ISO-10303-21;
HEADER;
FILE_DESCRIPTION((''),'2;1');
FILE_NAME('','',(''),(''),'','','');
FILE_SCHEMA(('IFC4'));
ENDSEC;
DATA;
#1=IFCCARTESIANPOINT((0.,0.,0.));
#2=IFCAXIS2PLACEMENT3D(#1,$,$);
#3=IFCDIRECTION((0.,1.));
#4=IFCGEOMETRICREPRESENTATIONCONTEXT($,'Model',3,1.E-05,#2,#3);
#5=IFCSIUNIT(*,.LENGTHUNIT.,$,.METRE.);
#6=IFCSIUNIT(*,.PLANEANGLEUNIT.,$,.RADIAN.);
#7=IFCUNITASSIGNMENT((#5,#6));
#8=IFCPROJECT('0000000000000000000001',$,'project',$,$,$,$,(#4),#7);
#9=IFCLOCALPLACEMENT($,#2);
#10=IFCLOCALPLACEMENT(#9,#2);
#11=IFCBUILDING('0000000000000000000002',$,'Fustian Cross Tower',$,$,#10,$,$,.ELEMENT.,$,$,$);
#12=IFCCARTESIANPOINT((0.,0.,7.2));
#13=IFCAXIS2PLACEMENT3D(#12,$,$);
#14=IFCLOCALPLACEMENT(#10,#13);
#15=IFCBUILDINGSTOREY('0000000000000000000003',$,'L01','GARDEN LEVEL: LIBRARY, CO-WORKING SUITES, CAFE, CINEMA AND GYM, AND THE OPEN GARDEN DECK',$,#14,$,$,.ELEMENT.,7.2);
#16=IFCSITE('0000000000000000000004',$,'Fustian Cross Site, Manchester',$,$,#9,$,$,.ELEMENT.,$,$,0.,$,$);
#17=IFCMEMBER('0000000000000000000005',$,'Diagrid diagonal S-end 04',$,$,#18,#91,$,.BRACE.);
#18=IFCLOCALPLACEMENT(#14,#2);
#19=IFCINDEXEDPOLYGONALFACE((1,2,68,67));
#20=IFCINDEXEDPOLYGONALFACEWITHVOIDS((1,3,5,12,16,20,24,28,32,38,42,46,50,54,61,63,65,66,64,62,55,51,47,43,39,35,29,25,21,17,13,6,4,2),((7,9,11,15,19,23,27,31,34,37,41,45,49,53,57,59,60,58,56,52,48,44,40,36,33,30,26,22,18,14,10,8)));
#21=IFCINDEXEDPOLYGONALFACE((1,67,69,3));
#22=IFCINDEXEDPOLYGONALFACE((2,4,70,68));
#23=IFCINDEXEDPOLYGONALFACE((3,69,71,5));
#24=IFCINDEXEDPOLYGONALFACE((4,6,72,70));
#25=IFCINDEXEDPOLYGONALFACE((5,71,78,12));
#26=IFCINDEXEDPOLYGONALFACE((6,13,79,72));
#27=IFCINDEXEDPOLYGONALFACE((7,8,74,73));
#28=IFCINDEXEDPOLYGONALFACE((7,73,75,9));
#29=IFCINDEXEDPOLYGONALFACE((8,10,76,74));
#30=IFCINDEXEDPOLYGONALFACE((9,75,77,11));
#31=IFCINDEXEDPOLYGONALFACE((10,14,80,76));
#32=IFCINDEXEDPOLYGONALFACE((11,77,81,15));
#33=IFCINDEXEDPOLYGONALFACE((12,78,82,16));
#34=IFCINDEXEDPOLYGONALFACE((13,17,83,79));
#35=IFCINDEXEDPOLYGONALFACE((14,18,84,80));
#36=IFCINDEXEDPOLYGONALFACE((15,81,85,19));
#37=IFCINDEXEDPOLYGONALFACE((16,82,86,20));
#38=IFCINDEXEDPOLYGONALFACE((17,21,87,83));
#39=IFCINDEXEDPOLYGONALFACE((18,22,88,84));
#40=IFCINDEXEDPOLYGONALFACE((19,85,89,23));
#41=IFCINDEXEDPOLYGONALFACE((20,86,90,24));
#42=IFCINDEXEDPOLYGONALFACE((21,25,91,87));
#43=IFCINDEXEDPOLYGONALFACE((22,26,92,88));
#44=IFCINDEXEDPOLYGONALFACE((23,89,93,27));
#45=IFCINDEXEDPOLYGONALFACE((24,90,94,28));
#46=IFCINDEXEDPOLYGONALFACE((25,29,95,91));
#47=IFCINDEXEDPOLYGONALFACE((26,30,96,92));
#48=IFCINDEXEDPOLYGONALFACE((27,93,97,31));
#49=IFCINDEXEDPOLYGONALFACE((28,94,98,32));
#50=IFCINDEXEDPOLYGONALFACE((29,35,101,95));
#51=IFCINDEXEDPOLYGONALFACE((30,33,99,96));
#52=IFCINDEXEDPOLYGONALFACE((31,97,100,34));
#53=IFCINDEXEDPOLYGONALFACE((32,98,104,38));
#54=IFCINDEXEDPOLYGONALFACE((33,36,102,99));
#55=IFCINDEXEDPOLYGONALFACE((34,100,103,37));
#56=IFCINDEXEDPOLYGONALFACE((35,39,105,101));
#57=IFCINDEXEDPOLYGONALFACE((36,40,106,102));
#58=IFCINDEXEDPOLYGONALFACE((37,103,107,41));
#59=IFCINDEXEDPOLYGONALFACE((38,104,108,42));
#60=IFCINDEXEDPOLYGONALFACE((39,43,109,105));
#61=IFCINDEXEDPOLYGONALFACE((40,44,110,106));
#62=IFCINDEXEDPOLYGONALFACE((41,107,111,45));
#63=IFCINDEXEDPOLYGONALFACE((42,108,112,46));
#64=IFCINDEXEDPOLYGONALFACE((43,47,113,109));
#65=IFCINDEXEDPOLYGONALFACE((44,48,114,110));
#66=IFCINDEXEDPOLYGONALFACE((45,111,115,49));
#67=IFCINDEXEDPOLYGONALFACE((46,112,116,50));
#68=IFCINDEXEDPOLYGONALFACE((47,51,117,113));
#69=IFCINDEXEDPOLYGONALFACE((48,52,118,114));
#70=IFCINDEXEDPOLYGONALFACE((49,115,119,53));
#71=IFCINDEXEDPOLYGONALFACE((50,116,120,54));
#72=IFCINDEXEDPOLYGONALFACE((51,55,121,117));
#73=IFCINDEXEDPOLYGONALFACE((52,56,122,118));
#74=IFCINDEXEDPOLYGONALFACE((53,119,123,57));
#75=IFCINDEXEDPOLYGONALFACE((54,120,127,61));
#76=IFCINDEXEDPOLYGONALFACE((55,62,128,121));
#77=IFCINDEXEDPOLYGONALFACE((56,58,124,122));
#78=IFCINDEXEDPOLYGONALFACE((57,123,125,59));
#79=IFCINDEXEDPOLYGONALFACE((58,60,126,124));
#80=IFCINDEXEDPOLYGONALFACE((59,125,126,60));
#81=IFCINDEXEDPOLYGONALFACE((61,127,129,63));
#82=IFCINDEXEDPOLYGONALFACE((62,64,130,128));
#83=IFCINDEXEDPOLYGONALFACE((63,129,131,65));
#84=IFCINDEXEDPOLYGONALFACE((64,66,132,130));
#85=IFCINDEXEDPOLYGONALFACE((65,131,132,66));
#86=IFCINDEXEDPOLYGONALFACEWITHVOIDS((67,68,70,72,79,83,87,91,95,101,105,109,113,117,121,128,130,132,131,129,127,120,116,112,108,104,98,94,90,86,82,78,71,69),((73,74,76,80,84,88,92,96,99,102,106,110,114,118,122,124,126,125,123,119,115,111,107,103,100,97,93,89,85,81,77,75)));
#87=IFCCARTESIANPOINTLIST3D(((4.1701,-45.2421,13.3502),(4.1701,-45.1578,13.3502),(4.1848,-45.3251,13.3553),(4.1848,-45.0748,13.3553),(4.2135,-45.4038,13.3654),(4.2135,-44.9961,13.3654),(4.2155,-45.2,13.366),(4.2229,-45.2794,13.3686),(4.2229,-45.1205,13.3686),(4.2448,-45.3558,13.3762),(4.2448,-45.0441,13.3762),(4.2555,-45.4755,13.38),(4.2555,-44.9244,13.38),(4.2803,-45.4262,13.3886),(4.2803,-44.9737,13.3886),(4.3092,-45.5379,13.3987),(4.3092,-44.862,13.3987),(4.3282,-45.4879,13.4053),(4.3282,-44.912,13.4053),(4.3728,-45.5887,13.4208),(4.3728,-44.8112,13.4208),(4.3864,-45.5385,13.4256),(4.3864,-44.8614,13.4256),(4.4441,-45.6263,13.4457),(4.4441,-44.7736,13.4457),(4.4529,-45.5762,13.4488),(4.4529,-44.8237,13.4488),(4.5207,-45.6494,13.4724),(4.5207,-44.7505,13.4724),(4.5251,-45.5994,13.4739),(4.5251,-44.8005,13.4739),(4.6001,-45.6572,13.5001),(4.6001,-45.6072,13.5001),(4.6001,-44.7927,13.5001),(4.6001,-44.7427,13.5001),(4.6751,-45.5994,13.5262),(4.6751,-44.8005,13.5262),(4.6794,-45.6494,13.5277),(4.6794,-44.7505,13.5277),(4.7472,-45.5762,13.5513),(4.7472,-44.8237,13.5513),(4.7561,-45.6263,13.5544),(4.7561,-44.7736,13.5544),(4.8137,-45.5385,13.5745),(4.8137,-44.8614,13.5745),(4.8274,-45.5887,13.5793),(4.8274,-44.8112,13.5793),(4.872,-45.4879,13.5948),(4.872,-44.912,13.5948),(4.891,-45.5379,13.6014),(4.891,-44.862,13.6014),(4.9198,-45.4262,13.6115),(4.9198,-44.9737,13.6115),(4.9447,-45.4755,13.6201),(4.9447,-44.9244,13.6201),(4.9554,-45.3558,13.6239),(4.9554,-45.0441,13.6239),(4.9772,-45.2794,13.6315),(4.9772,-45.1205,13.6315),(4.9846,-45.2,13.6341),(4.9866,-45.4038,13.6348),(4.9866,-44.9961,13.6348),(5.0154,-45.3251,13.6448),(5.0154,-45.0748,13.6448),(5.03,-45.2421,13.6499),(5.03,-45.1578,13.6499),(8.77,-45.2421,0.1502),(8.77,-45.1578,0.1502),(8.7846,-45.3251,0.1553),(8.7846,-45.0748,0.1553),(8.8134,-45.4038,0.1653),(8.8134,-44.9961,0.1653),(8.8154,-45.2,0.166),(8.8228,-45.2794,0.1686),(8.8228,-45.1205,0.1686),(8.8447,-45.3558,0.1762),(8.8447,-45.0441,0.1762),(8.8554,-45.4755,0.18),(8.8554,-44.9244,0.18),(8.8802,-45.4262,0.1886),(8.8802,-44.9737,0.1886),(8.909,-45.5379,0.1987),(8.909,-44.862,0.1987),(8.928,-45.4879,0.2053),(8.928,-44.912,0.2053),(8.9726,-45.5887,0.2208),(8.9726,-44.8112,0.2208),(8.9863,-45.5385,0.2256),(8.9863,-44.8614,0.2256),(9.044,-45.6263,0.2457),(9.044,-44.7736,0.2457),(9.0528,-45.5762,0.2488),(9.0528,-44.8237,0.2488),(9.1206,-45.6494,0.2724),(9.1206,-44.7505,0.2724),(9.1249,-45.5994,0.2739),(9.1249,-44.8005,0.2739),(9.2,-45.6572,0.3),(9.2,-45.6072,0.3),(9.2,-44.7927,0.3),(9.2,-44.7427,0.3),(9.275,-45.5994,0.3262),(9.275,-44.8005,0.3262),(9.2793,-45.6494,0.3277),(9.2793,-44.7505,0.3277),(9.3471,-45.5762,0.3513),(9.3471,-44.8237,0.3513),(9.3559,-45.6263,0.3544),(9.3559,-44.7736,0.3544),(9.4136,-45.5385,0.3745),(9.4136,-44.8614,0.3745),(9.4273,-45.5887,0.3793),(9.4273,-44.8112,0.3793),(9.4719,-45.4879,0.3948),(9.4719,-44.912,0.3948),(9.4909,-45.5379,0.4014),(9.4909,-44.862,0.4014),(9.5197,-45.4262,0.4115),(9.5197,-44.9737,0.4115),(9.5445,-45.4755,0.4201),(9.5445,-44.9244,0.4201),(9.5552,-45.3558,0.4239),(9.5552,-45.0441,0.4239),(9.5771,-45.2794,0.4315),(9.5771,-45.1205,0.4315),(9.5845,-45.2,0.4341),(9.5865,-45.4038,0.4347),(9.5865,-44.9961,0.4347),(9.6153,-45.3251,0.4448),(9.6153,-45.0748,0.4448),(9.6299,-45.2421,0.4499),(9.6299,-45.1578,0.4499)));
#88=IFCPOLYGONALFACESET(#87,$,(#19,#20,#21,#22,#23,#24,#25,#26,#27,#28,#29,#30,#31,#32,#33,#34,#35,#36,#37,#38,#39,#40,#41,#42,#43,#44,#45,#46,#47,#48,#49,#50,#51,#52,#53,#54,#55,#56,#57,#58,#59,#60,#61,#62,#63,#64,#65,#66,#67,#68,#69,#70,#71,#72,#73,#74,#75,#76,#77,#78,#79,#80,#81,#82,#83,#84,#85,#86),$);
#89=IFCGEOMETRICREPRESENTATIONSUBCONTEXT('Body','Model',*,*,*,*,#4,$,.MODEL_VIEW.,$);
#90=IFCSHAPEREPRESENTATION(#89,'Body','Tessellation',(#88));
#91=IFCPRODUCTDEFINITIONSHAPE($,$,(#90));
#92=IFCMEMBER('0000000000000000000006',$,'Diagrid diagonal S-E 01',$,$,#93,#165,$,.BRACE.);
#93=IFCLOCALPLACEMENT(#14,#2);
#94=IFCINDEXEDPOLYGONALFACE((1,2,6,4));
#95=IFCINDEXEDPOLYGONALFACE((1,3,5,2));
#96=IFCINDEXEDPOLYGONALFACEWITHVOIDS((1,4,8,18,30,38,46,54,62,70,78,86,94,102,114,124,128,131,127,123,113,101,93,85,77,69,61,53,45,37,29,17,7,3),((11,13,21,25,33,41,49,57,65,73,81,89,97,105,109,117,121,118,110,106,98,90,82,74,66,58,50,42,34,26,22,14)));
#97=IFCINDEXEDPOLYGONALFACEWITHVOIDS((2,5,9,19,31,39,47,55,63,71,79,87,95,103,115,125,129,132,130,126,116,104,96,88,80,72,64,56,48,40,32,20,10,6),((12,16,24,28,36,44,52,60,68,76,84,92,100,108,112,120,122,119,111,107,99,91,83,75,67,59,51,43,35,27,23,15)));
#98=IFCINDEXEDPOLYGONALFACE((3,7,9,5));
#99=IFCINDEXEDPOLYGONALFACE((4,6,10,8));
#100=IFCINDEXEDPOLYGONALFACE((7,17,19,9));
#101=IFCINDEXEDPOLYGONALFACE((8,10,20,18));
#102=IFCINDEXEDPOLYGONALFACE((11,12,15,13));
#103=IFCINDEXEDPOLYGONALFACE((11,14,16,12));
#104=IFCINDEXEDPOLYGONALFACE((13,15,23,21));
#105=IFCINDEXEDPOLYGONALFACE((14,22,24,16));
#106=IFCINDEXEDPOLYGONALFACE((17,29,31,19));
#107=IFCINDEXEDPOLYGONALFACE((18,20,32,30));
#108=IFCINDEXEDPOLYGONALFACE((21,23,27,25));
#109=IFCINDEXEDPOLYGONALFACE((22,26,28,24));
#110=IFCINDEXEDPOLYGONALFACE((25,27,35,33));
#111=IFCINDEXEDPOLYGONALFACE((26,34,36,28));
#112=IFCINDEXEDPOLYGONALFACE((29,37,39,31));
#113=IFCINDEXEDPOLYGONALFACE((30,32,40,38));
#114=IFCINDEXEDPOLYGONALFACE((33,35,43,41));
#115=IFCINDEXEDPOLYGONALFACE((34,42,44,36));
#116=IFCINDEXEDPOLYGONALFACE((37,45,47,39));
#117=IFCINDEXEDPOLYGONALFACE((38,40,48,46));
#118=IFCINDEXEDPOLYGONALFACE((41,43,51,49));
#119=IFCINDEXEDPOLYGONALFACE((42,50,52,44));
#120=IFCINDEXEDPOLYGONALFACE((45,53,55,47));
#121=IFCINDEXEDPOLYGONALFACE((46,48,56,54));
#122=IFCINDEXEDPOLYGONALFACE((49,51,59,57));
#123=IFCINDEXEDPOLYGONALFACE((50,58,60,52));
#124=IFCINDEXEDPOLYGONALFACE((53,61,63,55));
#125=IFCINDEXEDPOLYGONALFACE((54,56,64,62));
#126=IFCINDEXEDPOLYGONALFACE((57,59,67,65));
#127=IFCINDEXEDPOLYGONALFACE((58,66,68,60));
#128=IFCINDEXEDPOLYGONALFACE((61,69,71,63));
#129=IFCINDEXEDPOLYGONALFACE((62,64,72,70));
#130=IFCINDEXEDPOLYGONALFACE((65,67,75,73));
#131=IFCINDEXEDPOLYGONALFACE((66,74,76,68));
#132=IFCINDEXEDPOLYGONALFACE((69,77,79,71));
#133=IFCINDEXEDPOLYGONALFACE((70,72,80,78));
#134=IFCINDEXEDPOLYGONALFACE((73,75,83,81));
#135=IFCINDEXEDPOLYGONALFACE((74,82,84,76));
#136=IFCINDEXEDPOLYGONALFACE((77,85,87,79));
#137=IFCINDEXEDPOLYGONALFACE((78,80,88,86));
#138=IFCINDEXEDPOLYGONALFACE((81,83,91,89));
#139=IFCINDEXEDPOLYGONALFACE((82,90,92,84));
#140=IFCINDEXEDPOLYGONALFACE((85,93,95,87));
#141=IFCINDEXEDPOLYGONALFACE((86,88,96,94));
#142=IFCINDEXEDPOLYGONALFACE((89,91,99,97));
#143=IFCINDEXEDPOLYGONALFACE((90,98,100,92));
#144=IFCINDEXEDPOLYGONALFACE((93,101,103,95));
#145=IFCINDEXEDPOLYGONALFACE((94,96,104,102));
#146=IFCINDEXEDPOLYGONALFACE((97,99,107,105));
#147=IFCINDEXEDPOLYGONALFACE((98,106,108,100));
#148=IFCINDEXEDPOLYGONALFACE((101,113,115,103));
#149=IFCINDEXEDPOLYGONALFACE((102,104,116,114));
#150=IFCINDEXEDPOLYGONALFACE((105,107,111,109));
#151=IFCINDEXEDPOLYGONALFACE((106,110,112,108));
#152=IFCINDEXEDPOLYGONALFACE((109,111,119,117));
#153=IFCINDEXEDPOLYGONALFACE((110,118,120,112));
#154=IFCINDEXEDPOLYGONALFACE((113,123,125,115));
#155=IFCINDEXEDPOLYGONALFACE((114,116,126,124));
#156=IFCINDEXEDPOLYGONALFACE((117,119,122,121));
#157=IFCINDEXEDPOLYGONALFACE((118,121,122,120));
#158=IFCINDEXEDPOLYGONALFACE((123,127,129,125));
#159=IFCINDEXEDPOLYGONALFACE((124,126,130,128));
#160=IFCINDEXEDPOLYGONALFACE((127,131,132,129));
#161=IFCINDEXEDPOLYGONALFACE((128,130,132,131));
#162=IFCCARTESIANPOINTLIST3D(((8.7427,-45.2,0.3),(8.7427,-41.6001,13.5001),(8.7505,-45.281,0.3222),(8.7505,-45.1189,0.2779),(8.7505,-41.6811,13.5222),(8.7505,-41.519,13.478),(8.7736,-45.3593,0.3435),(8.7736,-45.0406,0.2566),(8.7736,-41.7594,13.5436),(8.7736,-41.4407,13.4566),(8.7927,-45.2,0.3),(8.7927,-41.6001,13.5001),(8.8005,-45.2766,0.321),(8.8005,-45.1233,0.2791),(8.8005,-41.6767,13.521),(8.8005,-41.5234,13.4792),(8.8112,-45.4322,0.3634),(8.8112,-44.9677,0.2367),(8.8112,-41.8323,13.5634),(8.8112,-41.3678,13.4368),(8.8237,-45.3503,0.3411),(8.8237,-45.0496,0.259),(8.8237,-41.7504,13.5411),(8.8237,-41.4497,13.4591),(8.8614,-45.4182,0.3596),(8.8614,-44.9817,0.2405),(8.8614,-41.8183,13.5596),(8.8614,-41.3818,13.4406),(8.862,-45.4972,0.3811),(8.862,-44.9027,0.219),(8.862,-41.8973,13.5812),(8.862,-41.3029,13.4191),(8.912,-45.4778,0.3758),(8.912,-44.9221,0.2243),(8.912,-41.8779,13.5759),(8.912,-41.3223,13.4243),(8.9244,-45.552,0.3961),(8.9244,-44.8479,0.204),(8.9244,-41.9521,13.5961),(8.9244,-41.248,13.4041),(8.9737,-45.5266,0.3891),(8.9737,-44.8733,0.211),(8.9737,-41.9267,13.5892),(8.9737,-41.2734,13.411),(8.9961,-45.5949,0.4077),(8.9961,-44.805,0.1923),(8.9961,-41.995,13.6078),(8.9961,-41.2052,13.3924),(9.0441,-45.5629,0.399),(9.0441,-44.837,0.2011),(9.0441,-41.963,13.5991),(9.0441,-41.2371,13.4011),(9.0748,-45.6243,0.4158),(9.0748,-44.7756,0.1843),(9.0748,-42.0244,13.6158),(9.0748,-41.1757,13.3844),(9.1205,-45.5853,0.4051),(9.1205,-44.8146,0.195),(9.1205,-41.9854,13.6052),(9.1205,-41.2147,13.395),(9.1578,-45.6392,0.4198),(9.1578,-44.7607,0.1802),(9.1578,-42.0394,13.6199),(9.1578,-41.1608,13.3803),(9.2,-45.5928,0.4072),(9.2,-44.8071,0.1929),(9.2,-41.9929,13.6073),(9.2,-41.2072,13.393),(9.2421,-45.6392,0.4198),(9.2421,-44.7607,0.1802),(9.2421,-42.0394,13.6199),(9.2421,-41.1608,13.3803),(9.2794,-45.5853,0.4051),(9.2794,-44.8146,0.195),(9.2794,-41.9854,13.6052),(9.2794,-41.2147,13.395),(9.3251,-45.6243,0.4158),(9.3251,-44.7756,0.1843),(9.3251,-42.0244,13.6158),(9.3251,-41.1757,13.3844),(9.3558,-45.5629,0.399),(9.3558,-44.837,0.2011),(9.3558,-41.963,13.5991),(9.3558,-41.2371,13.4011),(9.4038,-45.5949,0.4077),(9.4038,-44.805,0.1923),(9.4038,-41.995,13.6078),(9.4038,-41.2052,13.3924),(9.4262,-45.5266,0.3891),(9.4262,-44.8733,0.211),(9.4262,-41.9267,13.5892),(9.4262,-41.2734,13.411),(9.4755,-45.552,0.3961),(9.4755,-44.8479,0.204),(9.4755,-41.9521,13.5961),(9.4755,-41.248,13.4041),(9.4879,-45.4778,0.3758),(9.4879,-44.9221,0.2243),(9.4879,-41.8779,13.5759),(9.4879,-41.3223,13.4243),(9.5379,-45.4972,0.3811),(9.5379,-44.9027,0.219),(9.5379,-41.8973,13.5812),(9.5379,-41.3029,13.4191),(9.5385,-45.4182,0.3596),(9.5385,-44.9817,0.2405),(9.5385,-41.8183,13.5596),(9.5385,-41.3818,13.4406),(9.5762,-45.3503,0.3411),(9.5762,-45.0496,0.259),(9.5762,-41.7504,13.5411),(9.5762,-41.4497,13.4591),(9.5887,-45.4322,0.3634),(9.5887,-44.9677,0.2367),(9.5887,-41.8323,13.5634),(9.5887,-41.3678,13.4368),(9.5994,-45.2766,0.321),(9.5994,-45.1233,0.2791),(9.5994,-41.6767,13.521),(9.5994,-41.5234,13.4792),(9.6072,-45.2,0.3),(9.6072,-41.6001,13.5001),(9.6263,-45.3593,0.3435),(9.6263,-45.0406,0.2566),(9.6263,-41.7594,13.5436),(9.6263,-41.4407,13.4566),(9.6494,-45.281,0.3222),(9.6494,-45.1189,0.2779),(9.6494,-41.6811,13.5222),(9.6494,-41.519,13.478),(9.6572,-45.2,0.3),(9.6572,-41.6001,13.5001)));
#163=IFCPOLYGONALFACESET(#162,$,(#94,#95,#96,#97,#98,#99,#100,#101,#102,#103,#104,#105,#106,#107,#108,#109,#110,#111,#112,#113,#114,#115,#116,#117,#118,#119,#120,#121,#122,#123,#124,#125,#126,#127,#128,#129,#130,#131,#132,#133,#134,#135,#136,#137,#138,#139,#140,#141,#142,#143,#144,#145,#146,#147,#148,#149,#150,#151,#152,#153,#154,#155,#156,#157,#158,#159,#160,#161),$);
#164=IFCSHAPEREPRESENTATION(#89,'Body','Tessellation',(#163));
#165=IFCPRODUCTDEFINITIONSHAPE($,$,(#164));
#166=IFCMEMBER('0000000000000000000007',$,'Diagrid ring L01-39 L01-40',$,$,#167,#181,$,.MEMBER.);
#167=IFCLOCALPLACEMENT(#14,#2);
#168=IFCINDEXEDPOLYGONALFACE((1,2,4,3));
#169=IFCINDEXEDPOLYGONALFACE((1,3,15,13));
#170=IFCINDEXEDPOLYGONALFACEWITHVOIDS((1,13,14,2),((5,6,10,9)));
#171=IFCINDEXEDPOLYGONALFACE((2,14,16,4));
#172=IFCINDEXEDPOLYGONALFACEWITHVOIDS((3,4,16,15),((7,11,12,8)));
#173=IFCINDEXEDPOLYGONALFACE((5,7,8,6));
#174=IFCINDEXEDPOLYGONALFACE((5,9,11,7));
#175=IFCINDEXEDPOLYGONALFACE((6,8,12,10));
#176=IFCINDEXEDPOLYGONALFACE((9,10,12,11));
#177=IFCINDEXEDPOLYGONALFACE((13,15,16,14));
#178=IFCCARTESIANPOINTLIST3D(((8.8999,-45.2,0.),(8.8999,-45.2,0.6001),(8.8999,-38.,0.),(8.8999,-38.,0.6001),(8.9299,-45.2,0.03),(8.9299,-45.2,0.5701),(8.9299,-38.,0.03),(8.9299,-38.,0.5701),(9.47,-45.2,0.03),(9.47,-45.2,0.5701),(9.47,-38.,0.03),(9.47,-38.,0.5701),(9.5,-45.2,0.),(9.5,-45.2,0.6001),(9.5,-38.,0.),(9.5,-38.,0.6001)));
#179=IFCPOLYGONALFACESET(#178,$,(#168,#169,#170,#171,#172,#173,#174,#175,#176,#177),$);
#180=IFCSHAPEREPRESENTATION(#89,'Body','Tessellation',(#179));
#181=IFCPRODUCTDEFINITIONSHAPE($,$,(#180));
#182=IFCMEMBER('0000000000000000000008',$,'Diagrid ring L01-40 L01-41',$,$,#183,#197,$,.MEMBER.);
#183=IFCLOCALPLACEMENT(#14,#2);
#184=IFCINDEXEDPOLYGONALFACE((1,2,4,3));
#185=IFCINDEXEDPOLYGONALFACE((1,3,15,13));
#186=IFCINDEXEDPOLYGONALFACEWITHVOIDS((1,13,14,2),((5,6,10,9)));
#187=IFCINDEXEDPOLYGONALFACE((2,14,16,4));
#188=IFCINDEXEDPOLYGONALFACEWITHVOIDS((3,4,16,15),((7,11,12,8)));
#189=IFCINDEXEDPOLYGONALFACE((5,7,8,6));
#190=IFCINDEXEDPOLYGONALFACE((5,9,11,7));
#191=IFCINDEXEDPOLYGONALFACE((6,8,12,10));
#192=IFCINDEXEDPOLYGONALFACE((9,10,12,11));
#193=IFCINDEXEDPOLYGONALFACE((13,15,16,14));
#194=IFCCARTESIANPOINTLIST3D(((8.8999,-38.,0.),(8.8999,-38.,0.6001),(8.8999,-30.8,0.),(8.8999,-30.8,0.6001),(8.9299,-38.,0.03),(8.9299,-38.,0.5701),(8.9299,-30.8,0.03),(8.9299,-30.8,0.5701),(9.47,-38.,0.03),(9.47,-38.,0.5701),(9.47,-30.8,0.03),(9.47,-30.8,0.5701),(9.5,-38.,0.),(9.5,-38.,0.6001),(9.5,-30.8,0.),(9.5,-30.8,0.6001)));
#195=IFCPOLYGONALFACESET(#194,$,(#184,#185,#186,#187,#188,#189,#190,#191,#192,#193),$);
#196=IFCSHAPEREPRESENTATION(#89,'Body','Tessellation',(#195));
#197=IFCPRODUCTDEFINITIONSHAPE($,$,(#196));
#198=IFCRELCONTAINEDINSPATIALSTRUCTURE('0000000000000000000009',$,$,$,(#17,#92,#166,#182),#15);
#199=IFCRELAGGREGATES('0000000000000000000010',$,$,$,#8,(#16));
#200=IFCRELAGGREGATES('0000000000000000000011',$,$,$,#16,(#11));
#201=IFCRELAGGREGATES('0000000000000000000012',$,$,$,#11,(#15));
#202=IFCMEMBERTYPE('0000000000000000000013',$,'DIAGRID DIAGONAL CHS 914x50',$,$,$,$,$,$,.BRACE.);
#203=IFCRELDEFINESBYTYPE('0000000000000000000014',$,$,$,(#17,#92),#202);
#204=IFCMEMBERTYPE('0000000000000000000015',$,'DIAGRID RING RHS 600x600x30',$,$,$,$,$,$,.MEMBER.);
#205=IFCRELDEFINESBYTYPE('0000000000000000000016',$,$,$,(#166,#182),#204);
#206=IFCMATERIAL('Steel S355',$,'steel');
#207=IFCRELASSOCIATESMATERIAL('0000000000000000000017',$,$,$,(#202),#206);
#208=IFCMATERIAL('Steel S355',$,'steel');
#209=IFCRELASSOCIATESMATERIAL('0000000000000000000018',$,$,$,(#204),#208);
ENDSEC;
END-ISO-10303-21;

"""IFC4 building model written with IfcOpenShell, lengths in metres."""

from ifc_helpers import new_model, si_unit, direction, frame, origin, origin_2d, place, context, subcontext, project, spatial, hollow_rectangle, hollow_circle, extrude, material, material_profile, profile_set, type_object, element, save


model = new_model("IFC4")

# Units and contexts
model_context = context("Model", 3, precision=1e-05, world=origin(), true_north=direction((0.0, 1.0)))
body_context = subcontext(model_context, "Body", "Model", "MODEL_VIEW")
ifc_project = project(units=[si_unit("LENGTHUNIT", "METRE"), si_unit("PLANEANGLEUNIT", "RADIAN")], contexts=[model_context])

# Site, building, storey
site_placement = place(None, origin())
site = spatial("IfcSite", under=ifc_project, at=site_placement, Name="Fustian Cross Site, Manchester", CompositionType="ELEMENT", RefElevation=0.0)
building_placement = place(site_placement, origin())
building = spatial("IfcBuilding", under=site, at=building_placement, Name="Fustian Cross Tower", CompositionType="ELEMENT")
storey_placement = place(building_placement, frame((0.0, 0.0, 7.2)))
storey = spatial("IfcBuildingStorey", under=building, at=storey_placement, Name="L01", Description="GARDEN LEVEL: LIBRARY, CO-WORKING SUITES, CAFE, CINEMA AND GYM, AND THE OPEN GARDEN DECK", CompositionType="ELEMENT", Elevation=7.2)

# Members
ifc_material_1 = material(Name="Steel S355", Category="steel")
ifc_material_profile_1 = material_profile(ifc_material_1, hollow_circle(Radius=0.4573, WallThickness=0.05, at=origin_2d()), Name="CHS 914x50")
ifc_profile_set_1 = profile_set([ifc_material_profile_1], Name="Steel S355")
member_type_1 = type_object("IfcMemberType", Name="DIAGRID DIAGONAL CHS 914x50", PredefinedType="BRACE", material=ifc_profile_set_1)
member_1_placement = place(storey_placement, frame((9.2, -45.2, 0.3), z_axis=(-0.329067, 0.0, 0.944306), x_axis=(0.0, -1.0, 0.0)))
element("IfcMember", 1, at=member_1_placement, inside=storey, type_object=member_type_1, Name="Diagrid diagonal S-end 04", PredefinedType="BRACE", context=body_context, shape_type="SweptSolid", body=[
    extrude(hollow_circle(Radius=0.4573, WallThickness=0.05, at=origin_2d()), origin(), (0.0, 0.0, 1.0), 13.9785),
])
member_2_placement = place(storey_placement, frame((9.2, -45.2, 0.3), z_axis=(0.0, 0.263108, 0.964766), x_axis=(-1.0, 0.0, 0.0)))
element("IfcMember", 2, at=member_2_placement, inside=storey, type_object=member_type_1, Name="Diagrid diagonal S-E 01", PredefinedType="BRACE", context=body_context, shape_type="SweptSolid", body=[
    extrude(hollow_circle(Radius=0.4573, WallThickness=0.05, at=origin_2d()), origin(), (0.0, 0.0, 1.0), 13.6821),
])
ifc_material_2 = material(Name="Steel S355", Category="steel")
ifc_material_profile_2 = material_profile(ifc_material_2, hollow_rectangle(XDim=0.6001, YDim=0.6001, WallThickness=0.03, at=origin_2d()), Name="RHS 600x600x30")
ifc_profile_set_2 = profile_set([ifc_material_profile_2], Name="Steel S355")
member_type_2 = type_object("IfcMemberType", Name="DIAGRID RING RHS 600x600x30", PredefinedType="MEMBER", material=ifc_profile_set_2)
for number, where, z_axis, x_axis, name in (
    (3, (9.2, -45.2, 0.3), (0.0, 1.0, 0.0), (-1.0, 0.0, 0.0), "Diagrid ring L01-39 L01-40"),
    (4, (9.2, -38.0, 0.3), (0.0, 1.0, 0.0), (-1.0, 0.0, 0.0), "Diagrid ring L01-40 L01-41"),
):
    element("IfcMember", number, at=place(storey_placement, frame(where, z_axis=z_axis, x_axis=x_axis)), inside=storey, type_object=member_type_2, Name=name, PredefinedType="MEMBER", context=body_context, shape_type="SweptSolid", body=[
        extrude(hollow_rectangle(XDim=0.6001, YDim=0.6001, WallThickness=0.03, at=origin_2d()), origin(), (0.0, 0.0, 1.0), 7.2),
    ])

save(model, "model.ifc")
